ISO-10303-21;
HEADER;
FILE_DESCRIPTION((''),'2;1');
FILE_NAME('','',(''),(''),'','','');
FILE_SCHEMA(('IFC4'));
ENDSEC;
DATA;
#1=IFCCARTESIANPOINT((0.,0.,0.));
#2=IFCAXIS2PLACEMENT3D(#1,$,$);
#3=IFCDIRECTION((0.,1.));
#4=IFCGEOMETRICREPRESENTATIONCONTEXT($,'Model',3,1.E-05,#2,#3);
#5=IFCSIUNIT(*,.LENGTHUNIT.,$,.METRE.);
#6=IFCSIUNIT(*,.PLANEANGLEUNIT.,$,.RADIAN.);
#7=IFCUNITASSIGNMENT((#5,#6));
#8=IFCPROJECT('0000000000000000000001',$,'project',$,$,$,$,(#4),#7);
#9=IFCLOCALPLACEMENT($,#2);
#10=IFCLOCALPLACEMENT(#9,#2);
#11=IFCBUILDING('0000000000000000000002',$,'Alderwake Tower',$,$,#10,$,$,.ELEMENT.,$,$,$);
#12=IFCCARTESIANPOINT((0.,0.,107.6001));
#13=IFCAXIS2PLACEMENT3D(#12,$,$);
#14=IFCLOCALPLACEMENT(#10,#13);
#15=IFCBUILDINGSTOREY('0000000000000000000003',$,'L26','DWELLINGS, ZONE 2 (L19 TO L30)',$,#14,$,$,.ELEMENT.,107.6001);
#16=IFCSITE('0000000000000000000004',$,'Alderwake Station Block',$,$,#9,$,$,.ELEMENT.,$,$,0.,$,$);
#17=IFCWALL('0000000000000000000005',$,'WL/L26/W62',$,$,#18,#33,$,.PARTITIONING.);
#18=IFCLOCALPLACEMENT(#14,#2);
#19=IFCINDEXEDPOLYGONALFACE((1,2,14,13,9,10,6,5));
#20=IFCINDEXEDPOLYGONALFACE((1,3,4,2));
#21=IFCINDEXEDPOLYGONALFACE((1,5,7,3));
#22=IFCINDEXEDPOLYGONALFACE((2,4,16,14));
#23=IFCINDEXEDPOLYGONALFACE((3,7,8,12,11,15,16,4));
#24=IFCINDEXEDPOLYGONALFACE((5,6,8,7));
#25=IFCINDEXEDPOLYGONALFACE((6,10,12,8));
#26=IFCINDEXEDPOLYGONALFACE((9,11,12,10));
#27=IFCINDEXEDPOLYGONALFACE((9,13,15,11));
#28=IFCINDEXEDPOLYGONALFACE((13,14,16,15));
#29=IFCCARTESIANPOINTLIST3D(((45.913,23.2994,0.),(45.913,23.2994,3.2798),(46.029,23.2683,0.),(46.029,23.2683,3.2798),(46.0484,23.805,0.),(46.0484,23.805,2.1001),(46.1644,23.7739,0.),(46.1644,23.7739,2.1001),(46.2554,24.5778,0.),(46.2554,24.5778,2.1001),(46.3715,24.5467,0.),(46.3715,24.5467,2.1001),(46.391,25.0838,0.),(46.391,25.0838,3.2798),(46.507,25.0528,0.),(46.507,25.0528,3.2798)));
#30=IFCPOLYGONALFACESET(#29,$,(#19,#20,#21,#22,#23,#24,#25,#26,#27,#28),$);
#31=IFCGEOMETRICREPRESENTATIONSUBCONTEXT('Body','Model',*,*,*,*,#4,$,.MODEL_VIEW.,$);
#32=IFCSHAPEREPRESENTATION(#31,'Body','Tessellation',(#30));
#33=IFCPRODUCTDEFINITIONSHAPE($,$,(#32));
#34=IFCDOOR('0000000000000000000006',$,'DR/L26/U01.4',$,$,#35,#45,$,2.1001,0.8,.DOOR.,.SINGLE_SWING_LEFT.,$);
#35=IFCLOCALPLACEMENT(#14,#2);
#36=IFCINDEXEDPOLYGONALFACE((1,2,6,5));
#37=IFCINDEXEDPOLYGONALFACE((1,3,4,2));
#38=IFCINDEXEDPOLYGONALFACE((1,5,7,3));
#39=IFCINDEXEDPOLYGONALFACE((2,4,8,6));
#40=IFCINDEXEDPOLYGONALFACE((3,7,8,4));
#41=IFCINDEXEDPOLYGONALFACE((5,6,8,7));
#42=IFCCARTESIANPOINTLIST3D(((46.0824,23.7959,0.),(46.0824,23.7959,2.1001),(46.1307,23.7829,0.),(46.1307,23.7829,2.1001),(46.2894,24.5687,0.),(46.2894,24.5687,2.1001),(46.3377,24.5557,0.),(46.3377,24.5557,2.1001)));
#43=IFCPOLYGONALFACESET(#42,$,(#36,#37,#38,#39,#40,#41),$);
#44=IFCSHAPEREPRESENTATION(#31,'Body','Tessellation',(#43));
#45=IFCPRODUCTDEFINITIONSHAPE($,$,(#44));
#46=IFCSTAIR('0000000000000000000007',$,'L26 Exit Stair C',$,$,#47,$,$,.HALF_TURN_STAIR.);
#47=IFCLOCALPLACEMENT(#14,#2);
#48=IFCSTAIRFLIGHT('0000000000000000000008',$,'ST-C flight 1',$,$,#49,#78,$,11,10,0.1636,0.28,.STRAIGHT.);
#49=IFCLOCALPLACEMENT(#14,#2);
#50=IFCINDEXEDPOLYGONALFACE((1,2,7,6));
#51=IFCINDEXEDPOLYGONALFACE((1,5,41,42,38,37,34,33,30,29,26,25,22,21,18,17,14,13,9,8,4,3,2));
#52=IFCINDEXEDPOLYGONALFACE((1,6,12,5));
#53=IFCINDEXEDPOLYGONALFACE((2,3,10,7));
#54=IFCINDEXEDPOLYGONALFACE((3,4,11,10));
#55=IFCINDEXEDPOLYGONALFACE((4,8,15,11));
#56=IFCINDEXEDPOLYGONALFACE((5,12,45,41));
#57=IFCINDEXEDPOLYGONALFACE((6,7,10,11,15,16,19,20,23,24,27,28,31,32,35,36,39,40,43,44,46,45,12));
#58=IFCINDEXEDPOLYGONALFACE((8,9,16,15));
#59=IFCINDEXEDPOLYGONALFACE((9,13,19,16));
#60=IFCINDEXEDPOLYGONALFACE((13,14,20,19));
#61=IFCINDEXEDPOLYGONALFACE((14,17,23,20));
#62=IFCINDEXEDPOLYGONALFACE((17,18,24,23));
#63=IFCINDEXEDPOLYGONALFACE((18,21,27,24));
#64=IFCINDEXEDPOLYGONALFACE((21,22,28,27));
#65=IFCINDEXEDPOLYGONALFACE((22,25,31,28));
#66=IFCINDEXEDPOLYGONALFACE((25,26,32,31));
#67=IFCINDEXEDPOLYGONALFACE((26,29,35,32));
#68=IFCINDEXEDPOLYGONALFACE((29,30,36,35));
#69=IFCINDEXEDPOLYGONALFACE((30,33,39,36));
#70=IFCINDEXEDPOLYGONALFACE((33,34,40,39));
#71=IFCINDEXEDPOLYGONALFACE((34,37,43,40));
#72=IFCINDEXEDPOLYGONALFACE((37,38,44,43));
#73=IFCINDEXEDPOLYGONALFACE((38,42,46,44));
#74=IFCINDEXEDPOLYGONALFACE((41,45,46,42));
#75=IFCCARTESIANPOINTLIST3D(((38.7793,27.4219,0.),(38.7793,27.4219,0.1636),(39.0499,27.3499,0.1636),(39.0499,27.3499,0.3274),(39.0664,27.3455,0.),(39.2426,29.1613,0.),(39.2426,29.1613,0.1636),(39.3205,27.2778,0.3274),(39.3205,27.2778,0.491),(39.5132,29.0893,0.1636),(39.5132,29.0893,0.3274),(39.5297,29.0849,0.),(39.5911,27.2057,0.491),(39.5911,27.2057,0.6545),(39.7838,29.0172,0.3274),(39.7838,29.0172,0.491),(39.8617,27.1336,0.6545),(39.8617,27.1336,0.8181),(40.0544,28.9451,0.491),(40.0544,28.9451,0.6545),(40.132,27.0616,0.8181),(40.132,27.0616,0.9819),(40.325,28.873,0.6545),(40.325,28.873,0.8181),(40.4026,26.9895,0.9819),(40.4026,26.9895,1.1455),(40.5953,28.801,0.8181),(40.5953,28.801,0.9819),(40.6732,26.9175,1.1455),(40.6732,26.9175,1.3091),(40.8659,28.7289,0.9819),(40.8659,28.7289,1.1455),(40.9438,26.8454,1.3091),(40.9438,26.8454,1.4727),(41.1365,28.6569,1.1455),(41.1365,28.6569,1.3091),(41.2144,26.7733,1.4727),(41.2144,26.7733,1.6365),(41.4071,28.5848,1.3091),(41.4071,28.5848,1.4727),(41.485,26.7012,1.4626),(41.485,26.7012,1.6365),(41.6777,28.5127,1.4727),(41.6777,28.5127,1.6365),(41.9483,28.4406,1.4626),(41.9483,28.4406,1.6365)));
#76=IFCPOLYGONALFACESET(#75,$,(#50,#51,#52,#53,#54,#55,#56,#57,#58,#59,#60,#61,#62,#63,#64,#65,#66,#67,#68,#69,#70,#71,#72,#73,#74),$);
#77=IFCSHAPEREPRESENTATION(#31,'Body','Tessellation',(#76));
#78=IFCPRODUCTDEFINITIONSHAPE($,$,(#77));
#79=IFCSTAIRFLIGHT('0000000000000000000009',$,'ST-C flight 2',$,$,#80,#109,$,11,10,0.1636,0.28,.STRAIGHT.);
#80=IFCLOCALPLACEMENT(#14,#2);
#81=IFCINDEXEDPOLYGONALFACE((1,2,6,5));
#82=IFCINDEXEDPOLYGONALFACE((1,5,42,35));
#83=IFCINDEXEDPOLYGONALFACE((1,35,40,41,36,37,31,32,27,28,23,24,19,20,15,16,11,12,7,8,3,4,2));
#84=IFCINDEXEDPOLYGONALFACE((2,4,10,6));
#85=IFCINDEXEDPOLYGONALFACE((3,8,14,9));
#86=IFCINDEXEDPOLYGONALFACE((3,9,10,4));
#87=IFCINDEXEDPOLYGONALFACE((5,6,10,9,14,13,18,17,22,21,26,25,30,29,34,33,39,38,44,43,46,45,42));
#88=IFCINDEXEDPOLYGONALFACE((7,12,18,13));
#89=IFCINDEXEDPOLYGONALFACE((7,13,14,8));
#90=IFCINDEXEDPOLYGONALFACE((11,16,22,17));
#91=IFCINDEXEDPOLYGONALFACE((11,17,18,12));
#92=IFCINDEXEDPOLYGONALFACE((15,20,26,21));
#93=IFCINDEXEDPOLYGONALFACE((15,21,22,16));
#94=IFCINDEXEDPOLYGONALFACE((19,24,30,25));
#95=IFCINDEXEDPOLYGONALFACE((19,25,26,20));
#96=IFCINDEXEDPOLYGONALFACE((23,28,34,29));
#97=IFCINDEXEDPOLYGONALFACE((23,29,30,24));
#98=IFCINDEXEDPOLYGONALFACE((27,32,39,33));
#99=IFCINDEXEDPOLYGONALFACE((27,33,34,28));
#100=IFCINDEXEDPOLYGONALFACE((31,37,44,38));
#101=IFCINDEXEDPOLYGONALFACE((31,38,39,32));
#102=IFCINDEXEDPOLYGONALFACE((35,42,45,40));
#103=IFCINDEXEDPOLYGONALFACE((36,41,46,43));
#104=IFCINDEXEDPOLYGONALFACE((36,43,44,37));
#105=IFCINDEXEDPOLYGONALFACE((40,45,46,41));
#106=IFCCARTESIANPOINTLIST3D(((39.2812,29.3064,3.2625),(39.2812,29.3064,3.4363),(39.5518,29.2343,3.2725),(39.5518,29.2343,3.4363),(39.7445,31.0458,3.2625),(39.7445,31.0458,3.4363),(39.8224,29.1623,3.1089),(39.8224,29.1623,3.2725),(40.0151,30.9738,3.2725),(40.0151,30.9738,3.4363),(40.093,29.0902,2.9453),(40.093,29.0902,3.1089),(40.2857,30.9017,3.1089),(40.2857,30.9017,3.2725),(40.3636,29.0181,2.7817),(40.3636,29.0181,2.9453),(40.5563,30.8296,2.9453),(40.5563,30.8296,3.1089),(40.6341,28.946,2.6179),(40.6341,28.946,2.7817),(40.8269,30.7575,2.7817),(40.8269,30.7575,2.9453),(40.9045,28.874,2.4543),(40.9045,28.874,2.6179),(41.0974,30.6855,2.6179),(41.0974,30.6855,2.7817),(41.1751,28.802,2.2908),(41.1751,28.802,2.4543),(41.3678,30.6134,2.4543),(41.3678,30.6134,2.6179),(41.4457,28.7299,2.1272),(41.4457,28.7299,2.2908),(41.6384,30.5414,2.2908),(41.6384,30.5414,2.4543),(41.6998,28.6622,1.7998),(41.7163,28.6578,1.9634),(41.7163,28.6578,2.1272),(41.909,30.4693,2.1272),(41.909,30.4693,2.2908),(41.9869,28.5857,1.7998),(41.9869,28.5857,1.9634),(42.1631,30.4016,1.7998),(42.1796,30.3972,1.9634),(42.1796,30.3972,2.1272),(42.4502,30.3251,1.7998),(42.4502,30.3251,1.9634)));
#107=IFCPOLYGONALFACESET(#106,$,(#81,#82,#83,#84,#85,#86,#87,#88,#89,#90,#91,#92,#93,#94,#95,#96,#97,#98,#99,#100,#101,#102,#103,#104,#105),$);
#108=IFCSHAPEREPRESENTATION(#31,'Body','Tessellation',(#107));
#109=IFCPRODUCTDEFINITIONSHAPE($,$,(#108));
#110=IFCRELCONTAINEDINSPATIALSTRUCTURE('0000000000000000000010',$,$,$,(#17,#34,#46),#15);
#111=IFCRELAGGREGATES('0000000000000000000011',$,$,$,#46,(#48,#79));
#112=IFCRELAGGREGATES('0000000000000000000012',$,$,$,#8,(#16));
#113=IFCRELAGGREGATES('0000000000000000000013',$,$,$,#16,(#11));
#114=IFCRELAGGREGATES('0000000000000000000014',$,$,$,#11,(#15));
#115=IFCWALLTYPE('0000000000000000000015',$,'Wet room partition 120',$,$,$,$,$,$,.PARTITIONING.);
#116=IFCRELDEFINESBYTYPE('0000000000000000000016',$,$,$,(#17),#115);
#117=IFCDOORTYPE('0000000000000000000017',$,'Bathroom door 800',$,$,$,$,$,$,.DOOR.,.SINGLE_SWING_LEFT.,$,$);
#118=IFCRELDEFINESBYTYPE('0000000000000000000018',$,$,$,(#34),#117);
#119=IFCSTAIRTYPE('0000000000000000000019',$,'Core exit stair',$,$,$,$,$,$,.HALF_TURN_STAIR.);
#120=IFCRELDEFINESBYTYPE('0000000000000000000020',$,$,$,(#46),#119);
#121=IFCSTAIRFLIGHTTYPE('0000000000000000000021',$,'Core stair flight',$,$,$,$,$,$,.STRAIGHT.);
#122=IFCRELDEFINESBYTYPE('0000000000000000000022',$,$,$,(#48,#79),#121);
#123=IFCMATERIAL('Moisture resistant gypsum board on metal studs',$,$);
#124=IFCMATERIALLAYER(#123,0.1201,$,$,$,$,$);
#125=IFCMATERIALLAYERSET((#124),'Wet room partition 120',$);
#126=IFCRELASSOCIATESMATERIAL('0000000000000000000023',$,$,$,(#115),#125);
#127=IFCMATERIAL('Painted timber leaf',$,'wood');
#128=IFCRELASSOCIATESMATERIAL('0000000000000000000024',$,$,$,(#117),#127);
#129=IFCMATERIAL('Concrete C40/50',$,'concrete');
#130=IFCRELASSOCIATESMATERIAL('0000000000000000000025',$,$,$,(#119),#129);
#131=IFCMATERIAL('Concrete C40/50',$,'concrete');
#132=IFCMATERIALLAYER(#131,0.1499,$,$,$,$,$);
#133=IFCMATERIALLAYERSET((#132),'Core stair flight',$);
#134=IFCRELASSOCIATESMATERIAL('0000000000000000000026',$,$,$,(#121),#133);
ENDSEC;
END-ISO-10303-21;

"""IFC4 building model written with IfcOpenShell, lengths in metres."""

from ifc_helpers import new_model, si_unit, direction, frame, frame_2d, origin, place, context, subcontext, project, spatial, polyline, rectangle, outline, extrude, material, layer, layer_set, type_object, element, fill, aggregate, save


model = new_model("IFC4")

# Units and contexts
model_context = context("Model", 3, precision=1e-05, world=origin(), true_north=direction((0.0, 1.0)))
body_context = subcontext(model_context, "Body", "Model", "MODEL_VIEW")
ifc_project = project(units=[si_unit("LENGTHUNIT", "METRE"), si_unit("PLANEANGLEUNIT", "RADIAN")], contexts=[model_context])

# Site, building, storey
site_placement = place(None, origin())
site = spatial("IfcSite", under=ifc_project, at=site_placement, Name="Alderwake Station Block", CompositionType="ELEMENT", RefElevation=0.0)
building_placement = place(site_placement, origin())
building = spatial("IfcBuilding", under=site, at=building_placement, Name="Alderwake Tower", CompositionType="ELEMENT")
storey_placement = place(building_placement, frame((0.0, 0.0, 107.6001)))
storey = spatial("IfcBuildingStorey", under=building, at=storey_placement, Name="L26", Description="DWELLINGS, ZONE 2 (L19 TO L30)", CompositionType="ELEMENT", Elevation=107.6001)

# Shared definitions
ifc_material_1 = material(Name="Moisture resistant gypsum board on metal studs")
ifc_layer_1 = layer(ifc_material_1, 0.1201)
ifc_layer_set_1 = layer_set([ifc_layer_1], Name="Wet room partition 120")
wall_type_1 = type_object("IfcWallType", Name="Wet room partition 120", PredefinedType="PARTITIONING", material=ifc_layer_set_1)

# Wall, opening, door
ifc_material_2 = material(Name="Painted timber leaf", Category="wood")
door_type_1 = type_object("IfcDoorType", Name="Bathroom door 800", OperationType="SINGLE_SWING_LEFT", PredefinedType="DOOR", material=ifc_material_2)
wall_1_placement = place(storey_placement, frame((45.9709, 23.2837, 0.0), z_axis=(0.0, 0.0, 1.0), x_axis=(0.258765, 0.96594, 0.0)))
wall_1 = element("IfcWall", 1, at=wall_1_placement, inside=storey, type_object=wall_type_1, Name="WL/L26/W62", PredefinedType="PARTITIONING", context=body_context, shape_type="SweptSolid", body=[
    extrude(rectangle(XDim=1.8474, YDim=0.1201, at=frame_2d((0.9238, 0.0))), origin(), (0.0, 0.0, 1.0), 3.2798),
])
opening_1_placement = place(wall_1_placement, frame((0.5237, 0.0, 0.0)))
opening_1 = element("IfcOpeningElement", 2, at=opening_1_placement, cuts=wall_1, PredefinedType="OPENING", context=body_context, shape_type="SweptSolid", body=[
    extrude(rectangle(XDim=0.8, YDim=2.1001, at=frame_2d((0.3999, 1.05))), frame((0.0, 0.0701, 0.0), z_axis=(0.0, -1.0, 0.0), x_axis=(1.0, 0.0, 0.0)), (0.0, 0.0, 1.0), 0.1401),
])
door_1_placement = place(opening_1_placement, origin())
door_1 = element("IfcDoor", 3, at=door_1_placement, inside=storey, type_object=door_type_1, Name="DR/L26/U01.4", OperationType="SINGLE_SWING_LEFT", OverallHeight=2.1001, OverallWidth=0.8, PredefinedType="DOOR", context=body_context, shape_type="SweptSolid", body=[
    extrude(rectangle(XDim=0.8, YDim=2.1001, at=frame_2d((0.3999, 1.05))), frame((0.0, 0.0249, 0.0), z_axis=(0.0, -1.0, 0.0), x_axis=(1.0, 0.0, 0.0)), (0.0, 0.0, 1.0), 0.05),
])
fill(opening_1, door_1)

# Stair, stair flights
ifc_material_3 = material(Name="Concrete C40/50", Category="concrete")
stair_type = type_object("IfcStairType", Name="Core exit stair", PredefinedType="HALF_TURN_STAIR", material=ifc_material_3)
stair_placement = place(storey_placement, origin())
stair = element("IfcStair", 4, at=stair_placement, inside=storey, type_object=stair_type, Name="L26 Exit Stair C", PredefinedType="HALF_TURN_STAIR")
ifc_material_4 = material(Name="Concrete C40/50", Category="concrete")
ifc_layer_2 = layer(ifc_material_4, 0.1499)
ifc_layer_set_2 = layer_set([ifc_layer_2], Name="Core stair flight")
stair_flight_type = type_object("IfcStairFlightType", Name="Core stair flight", PredefinedType="STRAIGHT", material=ifc_layer_set_2)
stair_flight_1_placement = place(storey_placement, frame((39.011, 28.2917, 0.0), z_axis=(0.0, 0.0, 1.0), x_axis=(0.96631, -0.257382, 0.0)))
stair_flight_1 = element("IfcStairFlight", 5, at=stair_flight_1_placement, type_object=stair_flight_type, Name="ST-C flight 1", NumberOfRisers=11, NumberOfTreads=10, PredefinedType="STRAIGHT", RiserHeight=0.1636, TreadLength=0.28, context=body_context, shape_type="SweptSolid", body=[
    extrude(outline(polyline([(0.0, 0.0), (0.0, 0.1636), (0.28, 0.1636), (0.28, 0.3274), (0.5601, 0.3274), (0.5601, 0.491), (0.8401, 0.491), (0.8401, 0.6545), (1.1201, 0.6545), (1.1201, 0.8181), (1.3999, 0.8181), (1.3999, 0.9819), (1.6799, 0.9819), (1.6799, 1.1455), (1.96, 1.1455), (1.96, 1.3091), (2.24, 1.3091), (2.24, 1.4727), (2.52, 1.4727), (2.52, 1.6365), (2.8, 1.6365), (2.8, 1.8), (2.8, 1.4626), (0.2971, 0.0), (0.0, 0.0)])), frame((0.0, 0.8999, 0.0), z_axis=(0.0, -1.0, 0.0), x_axis=(1.0, 0.0, 0.0)), (0.0, 0.0, 1.0), 1.8),
])
stair_flight_2_placement = place(storey_placement, frame((42.2185, 29.4553, 1.7998), z_axis=(0.0, 0.0, 1.0), x_axis=(-0.96631, 0.257382, 0.0)))
stair_flight_2 = element("IfcStairFlight", 6, at=stair_flight_2_placement, type_object=stair_flight_type, Name="ST-C flight 2", NumberOfRisers=11, NumberOfTreads=10, PredefinedType="STRAIGHT", RiserHeight=0.1636, TreadLength=0.28, context=body_context, shape_type="SweptSolid", body=[
    extrude(outline(polyline([(0.0, 0.0), (0.0, 0.1636), (0.28, 0.1636), (0.28, 0.3274), (0.5601, 0.3274), (0.5601, 0.491), (0.8401, 0.491), (0.8401, 0.6545), (1.1201, 0.6545), (1.1201, 0.8181), (1.3999, 0.8181), (1.3999, 0.9819), (1.6799, 0.9819), (1.6799, 1.1455), (1.96, 1.1455), (1.96, 1.3091), (2.24, 1.3091), (2.24, 1.4727), (2.52, 1.4727), (2.52, 1.6365), (2.8, 1.6365), (2.8, 1.8), (2.8, 1.4626), (0.2971, 0.0), (0.0, 0.0)])), frame((0.0, 0.8999, 0.0), z_axis=(0.0, -1.0, 0.0), x_axis=(1.0, 0.0, 0.0)), (0.0, 0.0, 1.0), 1.8),
])
aggregate(stair, [stair_flight_1, stair_flight_2])

save(model, "model.ifc")
